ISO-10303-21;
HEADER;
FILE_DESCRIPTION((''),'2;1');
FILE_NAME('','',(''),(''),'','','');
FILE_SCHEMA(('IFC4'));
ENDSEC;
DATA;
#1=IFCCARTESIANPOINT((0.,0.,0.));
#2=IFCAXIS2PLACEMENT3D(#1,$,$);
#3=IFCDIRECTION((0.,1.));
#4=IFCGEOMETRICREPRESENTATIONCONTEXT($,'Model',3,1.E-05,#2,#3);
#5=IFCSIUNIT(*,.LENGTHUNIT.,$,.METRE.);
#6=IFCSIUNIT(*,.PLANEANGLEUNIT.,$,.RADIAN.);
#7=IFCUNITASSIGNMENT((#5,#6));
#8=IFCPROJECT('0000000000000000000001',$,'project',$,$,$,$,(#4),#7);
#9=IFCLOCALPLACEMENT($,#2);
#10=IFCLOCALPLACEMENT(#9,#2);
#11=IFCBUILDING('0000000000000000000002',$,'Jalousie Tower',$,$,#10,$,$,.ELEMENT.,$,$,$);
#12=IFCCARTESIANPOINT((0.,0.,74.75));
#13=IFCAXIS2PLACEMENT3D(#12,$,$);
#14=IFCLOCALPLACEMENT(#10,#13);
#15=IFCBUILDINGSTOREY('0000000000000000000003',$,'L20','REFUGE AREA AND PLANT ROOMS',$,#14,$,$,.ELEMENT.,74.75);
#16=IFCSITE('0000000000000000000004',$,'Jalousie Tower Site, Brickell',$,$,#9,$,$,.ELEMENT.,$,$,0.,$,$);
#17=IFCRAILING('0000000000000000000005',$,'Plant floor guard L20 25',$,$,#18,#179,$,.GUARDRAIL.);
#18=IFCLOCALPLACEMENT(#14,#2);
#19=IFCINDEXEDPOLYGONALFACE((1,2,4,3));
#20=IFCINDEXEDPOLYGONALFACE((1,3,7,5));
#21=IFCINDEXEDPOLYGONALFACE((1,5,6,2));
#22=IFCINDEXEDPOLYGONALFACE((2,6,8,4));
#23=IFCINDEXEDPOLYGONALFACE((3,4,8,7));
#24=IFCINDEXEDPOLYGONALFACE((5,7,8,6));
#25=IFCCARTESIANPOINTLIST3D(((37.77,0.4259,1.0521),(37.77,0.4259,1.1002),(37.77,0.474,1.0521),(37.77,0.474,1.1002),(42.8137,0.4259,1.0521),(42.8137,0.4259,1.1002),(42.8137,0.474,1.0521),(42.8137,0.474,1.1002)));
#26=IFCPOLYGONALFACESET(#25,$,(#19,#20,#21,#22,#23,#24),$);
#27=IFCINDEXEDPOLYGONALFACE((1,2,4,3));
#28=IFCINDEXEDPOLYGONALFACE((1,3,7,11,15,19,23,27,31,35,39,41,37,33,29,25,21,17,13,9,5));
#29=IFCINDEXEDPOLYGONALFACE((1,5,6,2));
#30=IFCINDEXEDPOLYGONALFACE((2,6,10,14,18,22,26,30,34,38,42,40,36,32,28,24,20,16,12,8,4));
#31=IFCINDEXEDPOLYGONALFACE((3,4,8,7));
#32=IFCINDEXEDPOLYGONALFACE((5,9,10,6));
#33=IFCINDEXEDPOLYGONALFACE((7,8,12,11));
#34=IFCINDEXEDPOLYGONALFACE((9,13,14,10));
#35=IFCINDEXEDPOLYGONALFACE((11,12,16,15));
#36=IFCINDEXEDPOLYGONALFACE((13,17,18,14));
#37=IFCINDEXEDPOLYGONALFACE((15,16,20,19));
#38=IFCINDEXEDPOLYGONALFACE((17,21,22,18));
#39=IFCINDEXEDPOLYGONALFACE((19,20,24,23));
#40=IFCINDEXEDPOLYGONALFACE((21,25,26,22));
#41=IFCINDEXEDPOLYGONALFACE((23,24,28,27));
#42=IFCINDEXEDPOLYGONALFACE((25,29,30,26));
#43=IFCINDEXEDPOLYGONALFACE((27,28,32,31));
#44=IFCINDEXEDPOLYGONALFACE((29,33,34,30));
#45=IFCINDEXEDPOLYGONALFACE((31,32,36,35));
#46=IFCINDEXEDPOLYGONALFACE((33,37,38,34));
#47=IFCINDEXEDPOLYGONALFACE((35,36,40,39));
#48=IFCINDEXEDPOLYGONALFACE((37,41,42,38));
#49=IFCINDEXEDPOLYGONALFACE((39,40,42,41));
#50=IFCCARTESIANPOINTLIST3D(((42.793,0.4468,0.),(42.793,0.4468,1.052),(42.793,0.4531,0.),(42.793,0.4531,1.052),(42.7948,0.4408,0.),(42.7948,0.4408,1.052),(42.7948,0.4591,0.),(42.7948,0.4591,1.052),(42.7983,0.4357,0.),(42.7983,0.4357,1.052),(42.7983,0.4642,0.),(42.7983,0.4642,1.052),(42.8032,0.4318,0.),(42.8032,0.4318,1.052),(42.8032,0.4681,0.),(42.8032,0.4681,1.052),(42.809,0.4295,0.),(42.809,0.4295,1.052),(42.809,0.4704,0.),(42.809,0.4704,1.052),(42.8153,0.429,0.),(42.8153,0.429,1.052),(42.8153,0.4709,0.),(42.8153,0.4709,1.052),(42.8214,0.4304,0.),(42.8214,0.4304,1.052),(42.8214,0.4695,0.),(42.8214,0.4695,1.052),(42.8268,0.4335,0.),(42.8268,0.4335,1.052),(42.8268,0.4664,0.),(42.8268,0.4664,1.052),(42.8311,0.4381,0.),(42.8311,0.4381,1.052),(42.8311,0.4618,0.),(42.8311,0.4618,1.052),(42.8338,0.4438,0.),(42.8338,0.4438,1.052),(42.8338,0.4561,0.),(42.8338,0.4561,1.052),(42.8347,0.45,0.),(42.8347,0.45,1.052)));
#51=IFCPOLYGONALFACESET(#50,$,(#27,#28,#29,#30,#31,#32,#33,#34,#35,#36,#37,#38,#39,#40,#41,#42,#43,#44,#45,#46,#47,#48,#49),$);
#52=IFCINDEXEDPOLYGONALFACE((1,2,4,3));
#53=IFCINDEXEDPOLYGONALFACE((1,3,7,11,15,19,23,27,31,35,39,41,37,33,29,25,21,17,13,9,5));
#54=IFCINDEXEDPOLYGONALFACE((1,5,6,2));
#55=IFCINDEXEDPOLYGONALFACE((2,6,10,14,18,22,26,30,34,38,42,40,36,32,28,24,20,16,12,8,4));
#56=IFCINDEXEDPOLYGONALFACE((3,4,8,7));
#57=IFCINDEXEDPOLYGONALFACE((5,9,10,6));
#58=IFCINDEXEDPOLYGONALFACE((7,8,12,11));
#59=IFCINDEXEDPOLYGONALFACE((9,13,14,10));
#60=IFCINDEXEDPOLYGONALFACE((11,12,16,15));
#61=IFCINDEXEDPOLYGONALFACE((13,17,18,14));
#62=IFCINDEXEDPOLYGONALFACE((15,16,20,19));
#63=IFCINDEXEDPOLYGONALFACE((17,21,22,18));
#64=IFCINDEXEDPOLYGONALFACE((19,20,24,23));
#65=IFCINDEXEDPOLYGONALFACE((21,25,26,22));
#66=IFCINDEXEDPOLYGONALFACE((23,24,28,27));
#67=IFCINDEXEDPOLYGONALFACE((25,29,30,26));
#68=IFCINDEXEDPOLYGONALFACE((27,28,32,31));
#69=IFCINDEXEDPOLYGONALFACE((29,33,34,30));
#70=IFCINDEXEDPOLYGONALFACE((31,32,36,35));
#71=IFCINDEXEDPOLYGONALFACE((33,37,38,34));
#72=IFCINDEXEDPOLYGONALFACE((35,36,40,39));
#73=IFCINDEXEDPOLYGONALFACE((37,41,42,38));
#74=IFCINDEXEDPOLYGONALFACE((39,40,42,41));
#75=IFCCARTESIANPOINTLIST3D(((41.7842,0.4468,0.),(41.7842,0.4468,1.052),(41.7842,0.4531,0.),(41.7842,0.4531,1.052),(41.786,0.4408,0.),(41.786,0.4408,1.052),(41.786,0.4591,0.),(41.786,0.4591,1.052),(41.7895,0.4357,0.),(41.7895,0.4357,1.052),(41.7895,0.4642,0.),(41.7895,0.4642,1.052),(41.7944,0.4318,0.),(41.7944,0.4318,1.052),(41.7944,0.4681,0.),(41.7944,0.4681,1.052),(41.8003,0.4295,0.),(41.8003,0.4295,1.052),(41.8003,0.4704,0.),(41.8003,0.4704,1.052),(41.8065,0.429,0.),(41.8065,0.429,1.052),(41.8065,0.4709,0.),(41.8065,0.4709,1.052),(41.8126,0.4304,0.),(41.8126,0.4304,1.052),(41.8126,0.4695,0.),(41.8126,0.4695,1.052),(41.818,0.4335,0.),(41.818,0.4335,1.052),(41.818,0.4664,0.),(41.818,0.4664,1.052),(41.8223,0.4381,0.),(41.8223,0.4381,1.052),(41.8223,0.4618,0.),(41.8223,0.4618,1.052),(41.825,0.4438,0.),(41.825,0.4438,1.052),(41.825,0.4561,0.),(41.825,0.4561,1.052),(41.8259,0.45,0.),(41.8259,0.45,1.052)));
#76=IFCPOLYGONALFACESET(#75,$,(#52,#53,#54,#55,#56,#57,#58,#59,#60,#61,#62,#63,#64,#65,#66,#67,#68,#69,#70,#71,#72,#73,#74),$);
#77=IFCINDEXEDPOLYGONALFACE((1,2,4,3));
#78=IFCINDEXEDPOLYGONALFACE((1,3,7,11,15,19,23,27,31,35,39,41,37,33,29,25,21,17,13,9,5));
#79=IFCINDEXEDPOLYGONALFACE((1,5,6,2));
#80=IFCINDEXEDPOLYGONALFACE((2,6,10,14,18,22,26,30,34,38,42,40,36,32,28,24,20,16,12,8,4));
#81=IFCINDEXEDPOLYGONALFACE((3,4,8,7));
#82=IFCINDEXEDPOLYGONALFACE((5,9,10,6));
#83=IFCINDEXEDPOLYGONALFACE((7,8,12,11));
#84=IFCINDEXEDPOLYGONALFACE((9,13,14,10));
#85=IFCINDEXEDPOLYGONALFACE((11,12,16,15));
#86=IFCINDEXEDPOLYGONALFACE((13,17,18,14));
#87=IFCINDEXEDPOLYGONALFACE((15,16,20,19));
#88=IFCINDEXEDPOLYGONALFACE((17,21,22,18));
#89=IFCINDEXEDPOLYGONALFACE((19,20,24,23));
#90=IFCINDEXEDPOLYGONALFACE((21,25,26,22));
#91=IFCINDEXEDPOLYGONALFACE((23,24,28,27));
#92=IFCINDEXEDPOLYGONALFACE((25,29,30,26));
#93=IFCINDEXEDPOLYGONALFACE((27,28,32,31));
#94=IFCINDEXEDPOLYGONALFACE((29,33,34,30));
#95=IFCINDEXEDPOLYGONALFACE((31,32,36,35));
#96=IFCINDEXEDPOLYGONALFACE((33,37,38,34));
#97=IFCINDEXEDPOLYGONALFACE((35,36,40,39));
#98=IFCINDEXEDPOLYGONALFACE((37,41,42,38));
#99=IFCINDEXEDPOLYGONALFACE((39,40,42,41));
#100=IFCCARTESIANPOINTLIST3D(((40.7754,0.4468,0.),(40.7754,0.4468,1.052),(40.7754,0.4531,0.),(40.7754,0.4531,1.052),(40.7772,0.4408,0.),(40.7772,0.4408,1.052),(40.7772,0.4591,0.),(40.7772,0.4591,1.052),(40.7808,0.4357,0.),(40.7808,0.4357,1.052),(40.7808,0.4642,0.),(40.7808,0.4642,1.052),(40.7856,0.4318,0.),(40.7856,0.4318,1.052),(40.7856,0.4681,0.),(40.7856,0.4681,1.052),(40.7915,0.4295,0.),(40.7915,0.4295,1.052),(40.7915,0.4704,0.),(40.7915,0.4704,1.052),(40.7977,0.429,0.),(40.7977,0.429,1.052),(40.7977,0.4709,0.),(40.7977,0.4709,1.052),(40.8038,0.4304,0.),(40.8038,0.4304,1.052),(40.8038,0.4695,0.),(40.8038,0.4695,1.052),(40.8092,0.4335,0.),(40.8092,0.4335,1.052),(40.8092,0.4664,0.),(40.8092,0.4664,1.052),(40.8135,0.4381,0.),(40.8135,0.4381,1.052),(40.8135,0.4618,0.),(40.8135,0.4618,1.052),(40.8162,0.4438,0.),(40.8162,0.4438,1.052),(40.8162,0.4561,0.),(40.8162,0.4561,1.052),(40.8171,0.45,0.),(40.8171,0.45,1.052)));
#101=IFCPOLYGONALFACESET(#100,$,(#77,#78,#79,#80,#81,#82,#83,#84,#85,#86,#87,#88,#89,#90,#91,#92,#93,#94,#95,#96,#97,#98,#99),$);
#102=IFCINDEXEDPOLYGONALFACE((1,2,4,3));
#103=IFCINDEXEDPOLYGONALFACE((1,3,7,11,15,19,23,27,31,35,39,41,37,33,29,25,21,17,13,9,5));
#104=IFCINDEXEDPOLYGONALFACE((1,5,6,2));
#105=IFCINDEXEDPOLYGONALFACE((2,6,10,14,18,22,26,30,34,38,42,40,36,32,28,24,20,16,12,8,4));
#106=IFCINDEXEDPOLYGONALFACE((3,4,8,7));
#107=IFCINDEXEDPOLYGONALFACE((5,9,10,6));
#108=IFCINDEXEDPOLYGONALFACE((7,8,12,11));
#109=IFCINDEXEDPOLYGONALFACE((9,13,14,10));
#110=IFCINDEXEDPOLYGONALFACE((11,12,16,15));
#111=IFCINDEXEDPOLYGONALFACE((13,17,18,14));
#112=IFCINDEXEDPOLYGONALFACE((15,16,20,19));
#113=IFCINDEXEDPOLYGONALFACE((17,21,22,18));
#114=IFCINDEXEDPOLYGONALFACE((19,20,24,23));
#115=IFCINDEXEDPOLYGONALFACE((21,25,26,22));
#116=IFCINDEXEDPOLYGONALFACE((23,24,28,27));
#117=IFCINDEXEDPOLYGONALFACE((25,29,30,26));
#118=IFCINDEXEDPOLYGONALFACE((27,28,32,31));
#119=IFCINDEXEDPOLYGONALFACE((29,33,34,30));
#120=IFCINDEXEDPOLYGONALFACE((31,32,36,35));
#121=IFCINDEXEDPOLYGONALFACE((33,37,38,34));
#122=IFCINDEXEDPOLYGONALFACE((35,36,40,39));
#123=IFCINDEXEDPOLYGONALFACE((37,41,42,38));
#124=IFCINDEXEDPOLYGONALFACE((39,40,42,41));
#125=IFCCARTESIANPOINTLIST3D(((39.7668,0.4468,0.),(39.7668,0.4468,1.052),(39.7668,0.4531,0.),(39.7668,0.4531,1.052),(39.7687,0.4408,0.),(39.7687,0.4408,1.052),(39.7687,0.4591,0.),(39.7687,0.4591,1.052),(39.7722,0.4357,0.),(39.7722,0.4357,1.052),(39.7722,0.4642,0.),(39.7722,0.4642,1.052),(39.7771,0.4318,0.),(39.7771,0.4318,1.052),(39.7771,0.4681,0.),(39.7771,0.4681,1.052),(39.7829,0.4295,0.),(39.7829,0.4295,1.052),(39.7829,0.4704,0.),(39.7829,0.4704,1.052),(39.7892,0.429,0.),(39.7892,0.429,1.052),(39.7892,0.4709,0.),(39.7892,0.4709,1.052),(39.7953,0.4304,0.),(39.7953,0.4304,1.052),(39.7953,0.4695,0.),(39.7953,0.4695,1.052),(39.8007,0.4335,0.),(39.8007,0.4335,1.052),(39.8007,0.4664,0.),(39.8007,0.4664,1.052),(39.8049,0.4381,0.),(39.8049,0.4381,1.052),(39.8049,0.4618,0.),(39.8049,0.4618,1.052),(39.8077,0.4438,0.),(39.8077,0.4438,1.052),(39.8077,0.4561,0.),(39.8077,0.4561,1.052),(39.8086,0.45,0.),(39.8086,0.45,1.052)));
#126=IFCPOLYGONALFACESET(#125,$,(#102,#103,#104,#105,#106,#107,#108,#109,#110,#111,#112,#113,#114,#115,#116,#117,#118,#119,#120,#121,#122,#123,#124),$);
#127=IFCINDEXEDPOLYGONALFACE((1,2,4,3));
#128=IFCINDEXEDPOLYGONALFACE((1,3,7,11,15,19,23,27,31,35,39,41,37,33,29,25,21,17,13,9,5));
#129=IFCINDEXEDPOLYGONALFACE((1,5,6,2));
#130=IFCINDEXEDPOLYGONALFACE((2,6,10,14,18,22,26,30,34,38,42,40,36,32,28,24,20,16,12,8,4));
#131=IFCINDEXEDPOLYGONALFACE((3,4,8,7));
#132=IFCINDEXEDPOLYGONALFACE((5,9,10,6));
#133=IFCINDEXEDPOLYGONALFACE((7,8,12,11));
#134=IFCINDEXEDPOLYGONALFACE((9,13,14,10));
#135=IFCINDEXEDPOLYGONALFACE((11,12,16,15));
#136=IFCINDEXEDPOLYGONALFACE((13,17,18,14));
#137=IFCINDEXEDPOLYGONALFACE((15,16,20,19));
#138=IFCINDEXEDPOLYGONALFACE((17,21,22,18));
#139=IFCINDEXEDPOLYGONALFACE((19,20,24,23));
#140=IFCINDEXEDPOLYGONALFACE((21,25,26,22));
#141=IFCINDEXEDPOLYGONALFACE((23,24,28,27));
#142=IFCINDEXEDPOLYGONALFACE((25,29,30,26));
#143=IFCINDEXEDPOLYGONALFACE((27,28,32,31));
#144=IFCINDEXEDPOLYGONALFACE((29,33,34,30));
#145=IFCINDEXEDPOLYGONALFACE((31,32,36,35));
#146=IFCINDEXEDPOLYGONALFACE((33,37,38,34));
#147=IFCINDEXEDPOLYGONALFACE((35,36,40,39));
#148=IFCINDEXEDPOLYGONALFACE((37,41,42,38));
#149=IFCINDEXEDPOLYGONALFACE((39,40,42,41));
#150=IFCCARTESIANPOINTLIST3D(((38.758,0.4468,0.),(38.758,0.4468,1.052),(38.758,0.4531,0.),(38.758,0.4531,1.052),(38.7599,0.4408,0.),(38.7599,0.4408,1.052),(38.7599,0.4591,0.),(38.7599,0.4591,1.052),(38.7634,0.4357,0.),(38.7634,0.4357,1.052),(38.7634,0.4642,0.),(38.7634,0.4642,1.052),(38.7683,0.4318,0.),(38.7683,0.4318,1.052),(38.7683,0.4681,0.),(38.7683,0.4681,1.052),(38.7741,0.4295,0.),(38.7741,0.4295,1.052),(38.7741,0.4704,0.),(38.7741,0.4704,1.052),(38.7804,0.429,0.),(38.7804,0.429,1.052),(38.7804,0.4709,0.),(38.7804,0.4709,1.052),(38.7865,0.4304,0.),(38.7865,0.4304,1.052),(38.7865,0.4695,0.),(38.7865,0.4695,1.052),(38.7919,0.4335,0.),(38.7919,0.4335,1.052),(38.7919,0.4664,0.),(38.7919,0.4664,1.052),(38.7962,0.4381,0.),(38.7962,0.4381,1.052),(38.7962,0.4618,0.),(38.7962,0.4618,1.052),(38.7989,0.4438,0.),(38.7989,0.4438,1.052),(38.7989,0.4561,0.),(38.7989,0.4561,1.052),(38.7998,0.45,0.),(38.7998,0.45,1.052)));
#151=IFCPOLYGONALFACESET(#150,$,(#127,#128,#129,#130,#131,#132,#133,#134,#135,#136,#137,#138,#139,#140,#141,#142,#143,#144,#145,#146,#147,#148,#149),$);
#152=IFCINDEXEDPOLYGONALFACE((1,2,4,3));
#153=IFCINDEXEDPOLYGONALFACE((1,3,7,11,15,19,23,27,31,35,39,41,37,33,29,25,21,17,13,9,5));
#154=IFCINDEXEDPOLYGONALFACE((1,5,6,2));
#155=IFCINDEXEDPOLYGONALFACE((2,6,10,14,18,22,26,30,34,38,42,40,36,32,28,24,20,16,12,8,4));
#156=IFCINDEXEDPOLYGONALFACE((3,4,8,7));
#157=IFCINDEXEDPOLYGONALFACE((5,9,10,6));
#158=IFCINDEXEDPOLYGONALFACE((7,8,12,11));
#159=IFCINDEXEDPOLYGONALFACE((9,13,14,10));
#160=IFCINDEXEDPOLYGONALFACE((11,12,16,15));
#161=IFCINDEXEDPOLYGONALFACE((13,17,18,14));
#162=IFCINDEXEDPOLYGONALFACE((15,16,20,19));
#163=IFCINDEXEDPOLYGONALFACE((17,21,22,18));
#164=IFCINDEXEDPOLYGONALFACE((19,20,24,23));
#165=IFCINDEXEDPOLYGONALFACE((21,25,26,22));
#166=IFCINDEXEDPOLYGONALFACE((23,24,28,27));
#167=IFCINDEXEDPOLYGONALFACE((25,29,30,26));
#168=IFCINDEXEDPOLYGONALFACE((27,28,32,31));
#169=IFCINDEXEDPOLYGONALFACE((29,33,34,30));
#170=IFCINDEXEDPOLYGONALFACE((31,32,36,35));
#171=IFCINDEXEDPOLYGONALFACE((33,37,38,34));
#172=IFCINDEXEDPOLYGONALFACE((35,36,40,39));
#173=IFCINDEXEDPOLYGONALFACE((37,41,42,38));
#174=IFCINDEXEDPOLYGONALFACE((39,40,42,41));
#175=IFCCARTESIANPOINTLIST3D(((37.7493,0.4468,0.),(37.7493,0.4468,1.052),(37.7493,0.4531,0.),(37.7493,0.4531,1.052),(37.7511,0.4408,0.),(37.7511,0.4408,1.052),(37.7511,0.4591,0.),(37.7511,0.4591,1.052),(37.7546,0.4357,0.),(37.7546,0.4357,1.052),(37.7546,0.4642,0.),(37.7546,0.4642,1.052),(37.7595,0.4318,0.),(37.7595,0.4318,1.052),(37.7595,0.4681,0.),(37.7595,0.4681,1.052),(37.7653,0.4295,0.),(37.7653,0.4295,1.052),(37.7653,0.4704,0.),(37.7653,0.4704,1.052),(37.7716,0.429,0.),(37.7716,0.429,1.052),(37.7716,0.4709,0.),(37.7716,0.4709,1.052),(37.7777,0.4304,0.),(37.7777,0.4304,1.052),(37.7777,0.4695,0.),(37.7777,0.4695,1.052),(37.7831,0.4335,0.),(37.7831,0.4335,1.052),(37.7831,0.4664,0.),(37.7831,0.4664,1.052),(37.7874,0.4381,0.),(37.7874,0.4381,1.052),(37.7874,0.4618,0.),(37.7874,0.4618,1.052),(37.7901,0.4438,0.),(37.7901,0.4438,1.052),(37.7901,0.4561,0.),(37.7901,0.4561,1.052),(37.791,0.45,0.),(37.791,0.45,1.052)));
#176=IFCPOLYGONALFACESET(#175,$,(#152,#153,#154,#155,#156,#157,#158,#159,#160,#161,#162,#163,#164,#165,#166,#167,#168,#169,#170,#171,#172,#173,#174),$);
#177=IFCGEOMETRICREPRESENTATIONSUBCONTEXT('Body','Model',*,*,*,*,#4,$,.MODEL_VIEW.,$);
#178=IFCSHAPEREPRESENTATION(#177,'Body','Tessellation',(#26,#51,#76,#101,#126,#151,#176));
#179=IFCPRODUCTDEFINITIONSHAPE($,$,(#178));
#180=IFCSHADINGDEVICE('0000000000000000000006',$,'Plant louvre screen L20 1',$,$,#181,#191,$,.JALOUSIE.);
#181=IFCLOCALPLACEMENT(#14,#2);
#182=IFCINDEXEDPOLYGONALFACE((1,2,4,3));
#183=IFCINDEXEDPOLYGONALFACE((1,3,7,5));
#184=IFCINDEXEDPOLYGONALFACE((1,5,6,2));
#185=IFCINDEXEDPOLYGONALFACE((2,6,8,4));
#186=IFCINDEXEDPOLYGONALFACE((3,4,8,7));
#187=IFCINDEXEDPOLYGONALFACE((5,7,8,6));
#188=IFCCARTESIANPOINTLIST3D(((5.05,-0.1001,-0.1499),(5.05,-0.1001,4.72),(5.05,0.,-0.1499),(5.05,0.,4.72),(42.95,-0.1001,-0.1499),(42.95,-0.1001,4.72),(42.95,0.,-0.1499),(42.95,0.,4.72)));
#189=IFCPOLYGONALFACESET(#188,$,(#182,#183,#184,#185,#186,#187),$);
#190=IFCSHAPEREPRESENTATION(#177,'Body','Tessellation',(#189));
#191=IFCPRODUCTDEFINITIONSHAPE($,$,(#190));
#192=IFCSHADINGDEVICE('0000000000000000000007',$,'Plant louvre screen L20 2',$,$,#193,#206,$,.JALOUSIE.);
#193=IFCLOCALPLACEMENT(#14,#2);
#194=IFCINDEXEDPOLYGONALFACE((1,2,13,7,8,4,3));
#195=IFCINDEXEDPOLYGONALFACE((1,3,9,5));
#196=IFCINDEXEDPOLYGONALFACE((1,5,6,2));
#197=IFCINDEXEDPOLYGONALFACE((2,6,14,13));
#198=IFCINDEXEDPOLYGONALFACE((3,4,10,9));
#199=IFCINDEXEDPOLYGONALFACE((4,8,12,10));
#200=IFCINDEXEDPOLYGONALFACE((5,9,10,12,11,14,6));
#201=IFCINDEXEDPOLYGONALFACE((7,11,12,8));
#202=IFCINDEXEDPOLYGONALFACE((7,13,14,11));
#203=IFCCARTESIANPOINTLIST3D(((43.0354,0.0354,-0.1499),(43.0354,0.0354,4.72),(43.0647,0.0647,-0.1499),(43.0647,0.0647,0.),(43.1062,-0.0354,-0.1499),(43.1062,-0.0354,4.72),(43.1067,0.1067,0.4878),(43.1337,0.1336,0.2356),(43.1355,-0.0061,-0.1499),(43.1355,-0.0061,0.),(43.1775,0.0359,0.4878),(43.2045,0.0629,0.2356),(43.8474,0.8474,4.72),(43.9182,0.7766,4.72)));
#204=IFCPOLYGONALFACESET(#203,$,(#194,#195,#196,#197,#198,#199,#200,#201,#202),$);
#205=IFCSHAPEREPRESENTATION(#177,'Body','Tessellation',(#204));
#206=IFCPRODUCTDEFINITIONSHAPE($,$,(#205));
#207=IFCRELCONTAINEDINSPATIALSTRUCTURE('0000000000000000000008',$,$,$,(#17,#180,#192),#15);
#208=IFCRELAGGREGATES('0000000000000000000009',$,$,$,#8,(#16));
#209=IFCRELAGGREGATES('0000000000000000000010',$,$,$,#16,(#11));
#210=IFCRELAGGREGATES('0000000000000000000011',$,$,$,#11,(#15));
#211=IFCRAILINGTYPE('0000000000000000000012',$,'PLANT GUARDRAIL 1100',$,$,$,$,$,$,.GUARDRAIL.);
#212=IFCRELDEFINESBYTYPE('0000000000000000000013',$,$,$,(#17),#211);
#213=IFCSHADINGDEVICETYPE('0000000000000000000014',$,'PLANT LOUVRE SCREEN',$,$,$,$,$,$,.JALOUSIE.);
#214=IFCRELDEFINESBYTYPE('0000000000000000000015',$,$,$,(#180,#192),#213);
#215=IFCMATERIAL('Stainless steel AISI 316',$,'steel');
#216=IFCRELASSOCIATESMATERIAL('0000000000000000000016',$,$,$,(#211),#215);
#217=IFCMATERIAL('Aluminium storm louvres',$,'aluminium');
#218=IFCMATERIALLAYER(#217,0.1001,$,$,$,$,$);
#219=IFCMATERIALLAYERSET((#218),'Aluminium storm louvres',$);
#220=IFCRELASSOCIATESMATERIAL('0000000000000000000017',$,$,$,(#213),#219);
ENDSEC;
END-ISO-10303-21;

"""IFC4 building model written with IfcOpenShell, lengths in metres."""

from ifc_helpers import new_model, si_unit, direction, frame, origin, origin_2d, place, context, subcontext, project, spatial, polyline, rectangle, circle, outline, extrude, material, layer, layer_set, type_object, element, save


model = new_model("IFC4")

# Units and contexts
model_context = context("Model", 3, precision=1e-05, world=origin(), true_north=direction((0.0, 1.0)))
body_context = subcontext(model_context, "Body", "Model", "MODEL_VIEW")
ifc_project = project(units=[si_unit("LENGTHUNIT", "METRE"), si_unit("PLANEANGLEUNIT", "RADIAN")], contexts=[model_context])

# Site, building, storey
site_placement = place(None, origin())
site = spatial("IfcSite", under=ifc_project, at=site_placement, Name="Jalousie Tower Site, Brickell", CompositionType="ELEMENT", RefElevation=0.0)
building_placement = place(site_placement, origin())
building = spatial("IfcBuilding", under=site, at=building_placement, Name="Jalousie Tower", CompositionType="ELEMENT")
storey_placement = place(building_placement, frame((0.0, 0.0, 74.75)))
storey = spatial("IfcBuildingStorey", under=building, at=storey_placement, Name="L20", Description="REFUGE AREA AND PLANT ROOMS", CompositionType="ELEMENT", Elevation=74.75)

# Railing
ifc_material_1 = material(Name="Stainless steel AISI 316", Category="steel")
railing_type_1 = type_object("IfcRailingType", Name="PLANT GUARDRAIL 1100", PredefinedType="GUARDRAIL", material=ifc_material_1)
railing_1_placement = place(storey_placement, frame((42.8137, 0.45, 0.0)))
element("IfcRailing", 1, at=railing_1_placement, inside=storey, type_object=railing_type_1, Name="Plant floor guard L20 25", PredefinedType="GUARDRAIL", context=body_context, shape_type="SweptSolid", body=[
    extrude(rectangle(XDim=0.0481, YDim=0.0481, at=origin_2d()), frame((0.0, 0.0, 1.0762), z_axis=(-1.0, 0.0, 0.0), x_axis=(0.0, -1.0, 0.0)), (0.0, 0.0, 1.0), 5.0437),
    extrude(circle(Radius=0.021, at=origin_2d()), origin(), (0.0, 0.0, 1.0), 1.052),
    extrude(circle(Radius=0.021, at=origin_2d()), frame((-1.0088, 0.0, 0.0)), (0.0, 0.0, 1.0), 1.052),
    extrude(circle(Radius=0.021, at=origin_2d()), frame((-2.0176, 0.0, 0.0)), (0.0, 0.0, 1.0), 1.052),
    extrude(circle(Radius=0.021, at=origin_2d()), frame((-3.0261, 0.0, 0.0)), (0.0, 0.0, 1.0), 1.052),
    extrude(circle(Radius=0.021, at=origin_2d()), frame((-4.0349, 0.0, 0.0)), (0.0, 0.0, 1.0), 1.052),
    extrude(circle(Radius=0.021, at=origin_2d()), frame((-5.0437, 0.0, 0.0)), (0.0, 0.0, 1.0), 1.052),
])

# Shading devices
ifc_material_2 = material(Name="Aluminium storm louvres", Category="aluminium")
ifc_layer_1 = layer(ifc_material_2, 0.1001)
ifc_layer_set_1 = layer_set([ifc_layer_1], Name="Aluminium storm louvres")
shading_device_type = type_object("IfcShadingDeviceType", Name="PLANT LOUVRE SCREEN", PredefinedType="JALOUSIE", material=ifc_layer_set_1)
shading_device_1_placement = place(storey_placement, frame((42.95, -0.1001, -0.1499), z_axis=(0.0, -1.0, 0.0), x_axis=(0.0, 0.0, 1.0)))
element("IfcShadingDevice", 2, at=shading_device_1_placement, inside=storey, type_object=shading_device_type, Name="Plant louvre screen L20 1", PredefinedType="JALOUSIE", context=body_context, shape_type="SweptSolid", body=[
    extrude(outline(polyline([(0.0, 0.0), (4.8699, 0.0), (4.8699, 37.8999), (0.0, 37.8999), (0.0, 0.0)])), origin(), (0.0, 0.0, -1.0), 0.1001),
])
shading_device_2_placement = place(storey_placement, frame((43.1062, -0.0354, -0.1499), z_axis=(0.707118, -0.707096, -0.000002), x_axis=(0.707096, 0.707118, 0.0)))
element("IfcShadingDevice", 3, at=shading_device_2_placement, inside=storey, type_object=shading_device_type, Name="Plant louvre screen L20 2", PredefinedType="JALOUSIE", context=body_context, shape_type="SweptSolid", body=[
    extrude(outline(polyline([(0.0, 0.0), (0.0414, 0.0), (0.0414, 0.1499), (0.139, 0.3855), (0.1008, 0.6377), (1.1484, 4.8699), (0.0, 4.8699), (0.0, 0.0)])), origin(), (0.0, 0.0, -1.0), 0.1001),
])

save(model, "model.ifc")
